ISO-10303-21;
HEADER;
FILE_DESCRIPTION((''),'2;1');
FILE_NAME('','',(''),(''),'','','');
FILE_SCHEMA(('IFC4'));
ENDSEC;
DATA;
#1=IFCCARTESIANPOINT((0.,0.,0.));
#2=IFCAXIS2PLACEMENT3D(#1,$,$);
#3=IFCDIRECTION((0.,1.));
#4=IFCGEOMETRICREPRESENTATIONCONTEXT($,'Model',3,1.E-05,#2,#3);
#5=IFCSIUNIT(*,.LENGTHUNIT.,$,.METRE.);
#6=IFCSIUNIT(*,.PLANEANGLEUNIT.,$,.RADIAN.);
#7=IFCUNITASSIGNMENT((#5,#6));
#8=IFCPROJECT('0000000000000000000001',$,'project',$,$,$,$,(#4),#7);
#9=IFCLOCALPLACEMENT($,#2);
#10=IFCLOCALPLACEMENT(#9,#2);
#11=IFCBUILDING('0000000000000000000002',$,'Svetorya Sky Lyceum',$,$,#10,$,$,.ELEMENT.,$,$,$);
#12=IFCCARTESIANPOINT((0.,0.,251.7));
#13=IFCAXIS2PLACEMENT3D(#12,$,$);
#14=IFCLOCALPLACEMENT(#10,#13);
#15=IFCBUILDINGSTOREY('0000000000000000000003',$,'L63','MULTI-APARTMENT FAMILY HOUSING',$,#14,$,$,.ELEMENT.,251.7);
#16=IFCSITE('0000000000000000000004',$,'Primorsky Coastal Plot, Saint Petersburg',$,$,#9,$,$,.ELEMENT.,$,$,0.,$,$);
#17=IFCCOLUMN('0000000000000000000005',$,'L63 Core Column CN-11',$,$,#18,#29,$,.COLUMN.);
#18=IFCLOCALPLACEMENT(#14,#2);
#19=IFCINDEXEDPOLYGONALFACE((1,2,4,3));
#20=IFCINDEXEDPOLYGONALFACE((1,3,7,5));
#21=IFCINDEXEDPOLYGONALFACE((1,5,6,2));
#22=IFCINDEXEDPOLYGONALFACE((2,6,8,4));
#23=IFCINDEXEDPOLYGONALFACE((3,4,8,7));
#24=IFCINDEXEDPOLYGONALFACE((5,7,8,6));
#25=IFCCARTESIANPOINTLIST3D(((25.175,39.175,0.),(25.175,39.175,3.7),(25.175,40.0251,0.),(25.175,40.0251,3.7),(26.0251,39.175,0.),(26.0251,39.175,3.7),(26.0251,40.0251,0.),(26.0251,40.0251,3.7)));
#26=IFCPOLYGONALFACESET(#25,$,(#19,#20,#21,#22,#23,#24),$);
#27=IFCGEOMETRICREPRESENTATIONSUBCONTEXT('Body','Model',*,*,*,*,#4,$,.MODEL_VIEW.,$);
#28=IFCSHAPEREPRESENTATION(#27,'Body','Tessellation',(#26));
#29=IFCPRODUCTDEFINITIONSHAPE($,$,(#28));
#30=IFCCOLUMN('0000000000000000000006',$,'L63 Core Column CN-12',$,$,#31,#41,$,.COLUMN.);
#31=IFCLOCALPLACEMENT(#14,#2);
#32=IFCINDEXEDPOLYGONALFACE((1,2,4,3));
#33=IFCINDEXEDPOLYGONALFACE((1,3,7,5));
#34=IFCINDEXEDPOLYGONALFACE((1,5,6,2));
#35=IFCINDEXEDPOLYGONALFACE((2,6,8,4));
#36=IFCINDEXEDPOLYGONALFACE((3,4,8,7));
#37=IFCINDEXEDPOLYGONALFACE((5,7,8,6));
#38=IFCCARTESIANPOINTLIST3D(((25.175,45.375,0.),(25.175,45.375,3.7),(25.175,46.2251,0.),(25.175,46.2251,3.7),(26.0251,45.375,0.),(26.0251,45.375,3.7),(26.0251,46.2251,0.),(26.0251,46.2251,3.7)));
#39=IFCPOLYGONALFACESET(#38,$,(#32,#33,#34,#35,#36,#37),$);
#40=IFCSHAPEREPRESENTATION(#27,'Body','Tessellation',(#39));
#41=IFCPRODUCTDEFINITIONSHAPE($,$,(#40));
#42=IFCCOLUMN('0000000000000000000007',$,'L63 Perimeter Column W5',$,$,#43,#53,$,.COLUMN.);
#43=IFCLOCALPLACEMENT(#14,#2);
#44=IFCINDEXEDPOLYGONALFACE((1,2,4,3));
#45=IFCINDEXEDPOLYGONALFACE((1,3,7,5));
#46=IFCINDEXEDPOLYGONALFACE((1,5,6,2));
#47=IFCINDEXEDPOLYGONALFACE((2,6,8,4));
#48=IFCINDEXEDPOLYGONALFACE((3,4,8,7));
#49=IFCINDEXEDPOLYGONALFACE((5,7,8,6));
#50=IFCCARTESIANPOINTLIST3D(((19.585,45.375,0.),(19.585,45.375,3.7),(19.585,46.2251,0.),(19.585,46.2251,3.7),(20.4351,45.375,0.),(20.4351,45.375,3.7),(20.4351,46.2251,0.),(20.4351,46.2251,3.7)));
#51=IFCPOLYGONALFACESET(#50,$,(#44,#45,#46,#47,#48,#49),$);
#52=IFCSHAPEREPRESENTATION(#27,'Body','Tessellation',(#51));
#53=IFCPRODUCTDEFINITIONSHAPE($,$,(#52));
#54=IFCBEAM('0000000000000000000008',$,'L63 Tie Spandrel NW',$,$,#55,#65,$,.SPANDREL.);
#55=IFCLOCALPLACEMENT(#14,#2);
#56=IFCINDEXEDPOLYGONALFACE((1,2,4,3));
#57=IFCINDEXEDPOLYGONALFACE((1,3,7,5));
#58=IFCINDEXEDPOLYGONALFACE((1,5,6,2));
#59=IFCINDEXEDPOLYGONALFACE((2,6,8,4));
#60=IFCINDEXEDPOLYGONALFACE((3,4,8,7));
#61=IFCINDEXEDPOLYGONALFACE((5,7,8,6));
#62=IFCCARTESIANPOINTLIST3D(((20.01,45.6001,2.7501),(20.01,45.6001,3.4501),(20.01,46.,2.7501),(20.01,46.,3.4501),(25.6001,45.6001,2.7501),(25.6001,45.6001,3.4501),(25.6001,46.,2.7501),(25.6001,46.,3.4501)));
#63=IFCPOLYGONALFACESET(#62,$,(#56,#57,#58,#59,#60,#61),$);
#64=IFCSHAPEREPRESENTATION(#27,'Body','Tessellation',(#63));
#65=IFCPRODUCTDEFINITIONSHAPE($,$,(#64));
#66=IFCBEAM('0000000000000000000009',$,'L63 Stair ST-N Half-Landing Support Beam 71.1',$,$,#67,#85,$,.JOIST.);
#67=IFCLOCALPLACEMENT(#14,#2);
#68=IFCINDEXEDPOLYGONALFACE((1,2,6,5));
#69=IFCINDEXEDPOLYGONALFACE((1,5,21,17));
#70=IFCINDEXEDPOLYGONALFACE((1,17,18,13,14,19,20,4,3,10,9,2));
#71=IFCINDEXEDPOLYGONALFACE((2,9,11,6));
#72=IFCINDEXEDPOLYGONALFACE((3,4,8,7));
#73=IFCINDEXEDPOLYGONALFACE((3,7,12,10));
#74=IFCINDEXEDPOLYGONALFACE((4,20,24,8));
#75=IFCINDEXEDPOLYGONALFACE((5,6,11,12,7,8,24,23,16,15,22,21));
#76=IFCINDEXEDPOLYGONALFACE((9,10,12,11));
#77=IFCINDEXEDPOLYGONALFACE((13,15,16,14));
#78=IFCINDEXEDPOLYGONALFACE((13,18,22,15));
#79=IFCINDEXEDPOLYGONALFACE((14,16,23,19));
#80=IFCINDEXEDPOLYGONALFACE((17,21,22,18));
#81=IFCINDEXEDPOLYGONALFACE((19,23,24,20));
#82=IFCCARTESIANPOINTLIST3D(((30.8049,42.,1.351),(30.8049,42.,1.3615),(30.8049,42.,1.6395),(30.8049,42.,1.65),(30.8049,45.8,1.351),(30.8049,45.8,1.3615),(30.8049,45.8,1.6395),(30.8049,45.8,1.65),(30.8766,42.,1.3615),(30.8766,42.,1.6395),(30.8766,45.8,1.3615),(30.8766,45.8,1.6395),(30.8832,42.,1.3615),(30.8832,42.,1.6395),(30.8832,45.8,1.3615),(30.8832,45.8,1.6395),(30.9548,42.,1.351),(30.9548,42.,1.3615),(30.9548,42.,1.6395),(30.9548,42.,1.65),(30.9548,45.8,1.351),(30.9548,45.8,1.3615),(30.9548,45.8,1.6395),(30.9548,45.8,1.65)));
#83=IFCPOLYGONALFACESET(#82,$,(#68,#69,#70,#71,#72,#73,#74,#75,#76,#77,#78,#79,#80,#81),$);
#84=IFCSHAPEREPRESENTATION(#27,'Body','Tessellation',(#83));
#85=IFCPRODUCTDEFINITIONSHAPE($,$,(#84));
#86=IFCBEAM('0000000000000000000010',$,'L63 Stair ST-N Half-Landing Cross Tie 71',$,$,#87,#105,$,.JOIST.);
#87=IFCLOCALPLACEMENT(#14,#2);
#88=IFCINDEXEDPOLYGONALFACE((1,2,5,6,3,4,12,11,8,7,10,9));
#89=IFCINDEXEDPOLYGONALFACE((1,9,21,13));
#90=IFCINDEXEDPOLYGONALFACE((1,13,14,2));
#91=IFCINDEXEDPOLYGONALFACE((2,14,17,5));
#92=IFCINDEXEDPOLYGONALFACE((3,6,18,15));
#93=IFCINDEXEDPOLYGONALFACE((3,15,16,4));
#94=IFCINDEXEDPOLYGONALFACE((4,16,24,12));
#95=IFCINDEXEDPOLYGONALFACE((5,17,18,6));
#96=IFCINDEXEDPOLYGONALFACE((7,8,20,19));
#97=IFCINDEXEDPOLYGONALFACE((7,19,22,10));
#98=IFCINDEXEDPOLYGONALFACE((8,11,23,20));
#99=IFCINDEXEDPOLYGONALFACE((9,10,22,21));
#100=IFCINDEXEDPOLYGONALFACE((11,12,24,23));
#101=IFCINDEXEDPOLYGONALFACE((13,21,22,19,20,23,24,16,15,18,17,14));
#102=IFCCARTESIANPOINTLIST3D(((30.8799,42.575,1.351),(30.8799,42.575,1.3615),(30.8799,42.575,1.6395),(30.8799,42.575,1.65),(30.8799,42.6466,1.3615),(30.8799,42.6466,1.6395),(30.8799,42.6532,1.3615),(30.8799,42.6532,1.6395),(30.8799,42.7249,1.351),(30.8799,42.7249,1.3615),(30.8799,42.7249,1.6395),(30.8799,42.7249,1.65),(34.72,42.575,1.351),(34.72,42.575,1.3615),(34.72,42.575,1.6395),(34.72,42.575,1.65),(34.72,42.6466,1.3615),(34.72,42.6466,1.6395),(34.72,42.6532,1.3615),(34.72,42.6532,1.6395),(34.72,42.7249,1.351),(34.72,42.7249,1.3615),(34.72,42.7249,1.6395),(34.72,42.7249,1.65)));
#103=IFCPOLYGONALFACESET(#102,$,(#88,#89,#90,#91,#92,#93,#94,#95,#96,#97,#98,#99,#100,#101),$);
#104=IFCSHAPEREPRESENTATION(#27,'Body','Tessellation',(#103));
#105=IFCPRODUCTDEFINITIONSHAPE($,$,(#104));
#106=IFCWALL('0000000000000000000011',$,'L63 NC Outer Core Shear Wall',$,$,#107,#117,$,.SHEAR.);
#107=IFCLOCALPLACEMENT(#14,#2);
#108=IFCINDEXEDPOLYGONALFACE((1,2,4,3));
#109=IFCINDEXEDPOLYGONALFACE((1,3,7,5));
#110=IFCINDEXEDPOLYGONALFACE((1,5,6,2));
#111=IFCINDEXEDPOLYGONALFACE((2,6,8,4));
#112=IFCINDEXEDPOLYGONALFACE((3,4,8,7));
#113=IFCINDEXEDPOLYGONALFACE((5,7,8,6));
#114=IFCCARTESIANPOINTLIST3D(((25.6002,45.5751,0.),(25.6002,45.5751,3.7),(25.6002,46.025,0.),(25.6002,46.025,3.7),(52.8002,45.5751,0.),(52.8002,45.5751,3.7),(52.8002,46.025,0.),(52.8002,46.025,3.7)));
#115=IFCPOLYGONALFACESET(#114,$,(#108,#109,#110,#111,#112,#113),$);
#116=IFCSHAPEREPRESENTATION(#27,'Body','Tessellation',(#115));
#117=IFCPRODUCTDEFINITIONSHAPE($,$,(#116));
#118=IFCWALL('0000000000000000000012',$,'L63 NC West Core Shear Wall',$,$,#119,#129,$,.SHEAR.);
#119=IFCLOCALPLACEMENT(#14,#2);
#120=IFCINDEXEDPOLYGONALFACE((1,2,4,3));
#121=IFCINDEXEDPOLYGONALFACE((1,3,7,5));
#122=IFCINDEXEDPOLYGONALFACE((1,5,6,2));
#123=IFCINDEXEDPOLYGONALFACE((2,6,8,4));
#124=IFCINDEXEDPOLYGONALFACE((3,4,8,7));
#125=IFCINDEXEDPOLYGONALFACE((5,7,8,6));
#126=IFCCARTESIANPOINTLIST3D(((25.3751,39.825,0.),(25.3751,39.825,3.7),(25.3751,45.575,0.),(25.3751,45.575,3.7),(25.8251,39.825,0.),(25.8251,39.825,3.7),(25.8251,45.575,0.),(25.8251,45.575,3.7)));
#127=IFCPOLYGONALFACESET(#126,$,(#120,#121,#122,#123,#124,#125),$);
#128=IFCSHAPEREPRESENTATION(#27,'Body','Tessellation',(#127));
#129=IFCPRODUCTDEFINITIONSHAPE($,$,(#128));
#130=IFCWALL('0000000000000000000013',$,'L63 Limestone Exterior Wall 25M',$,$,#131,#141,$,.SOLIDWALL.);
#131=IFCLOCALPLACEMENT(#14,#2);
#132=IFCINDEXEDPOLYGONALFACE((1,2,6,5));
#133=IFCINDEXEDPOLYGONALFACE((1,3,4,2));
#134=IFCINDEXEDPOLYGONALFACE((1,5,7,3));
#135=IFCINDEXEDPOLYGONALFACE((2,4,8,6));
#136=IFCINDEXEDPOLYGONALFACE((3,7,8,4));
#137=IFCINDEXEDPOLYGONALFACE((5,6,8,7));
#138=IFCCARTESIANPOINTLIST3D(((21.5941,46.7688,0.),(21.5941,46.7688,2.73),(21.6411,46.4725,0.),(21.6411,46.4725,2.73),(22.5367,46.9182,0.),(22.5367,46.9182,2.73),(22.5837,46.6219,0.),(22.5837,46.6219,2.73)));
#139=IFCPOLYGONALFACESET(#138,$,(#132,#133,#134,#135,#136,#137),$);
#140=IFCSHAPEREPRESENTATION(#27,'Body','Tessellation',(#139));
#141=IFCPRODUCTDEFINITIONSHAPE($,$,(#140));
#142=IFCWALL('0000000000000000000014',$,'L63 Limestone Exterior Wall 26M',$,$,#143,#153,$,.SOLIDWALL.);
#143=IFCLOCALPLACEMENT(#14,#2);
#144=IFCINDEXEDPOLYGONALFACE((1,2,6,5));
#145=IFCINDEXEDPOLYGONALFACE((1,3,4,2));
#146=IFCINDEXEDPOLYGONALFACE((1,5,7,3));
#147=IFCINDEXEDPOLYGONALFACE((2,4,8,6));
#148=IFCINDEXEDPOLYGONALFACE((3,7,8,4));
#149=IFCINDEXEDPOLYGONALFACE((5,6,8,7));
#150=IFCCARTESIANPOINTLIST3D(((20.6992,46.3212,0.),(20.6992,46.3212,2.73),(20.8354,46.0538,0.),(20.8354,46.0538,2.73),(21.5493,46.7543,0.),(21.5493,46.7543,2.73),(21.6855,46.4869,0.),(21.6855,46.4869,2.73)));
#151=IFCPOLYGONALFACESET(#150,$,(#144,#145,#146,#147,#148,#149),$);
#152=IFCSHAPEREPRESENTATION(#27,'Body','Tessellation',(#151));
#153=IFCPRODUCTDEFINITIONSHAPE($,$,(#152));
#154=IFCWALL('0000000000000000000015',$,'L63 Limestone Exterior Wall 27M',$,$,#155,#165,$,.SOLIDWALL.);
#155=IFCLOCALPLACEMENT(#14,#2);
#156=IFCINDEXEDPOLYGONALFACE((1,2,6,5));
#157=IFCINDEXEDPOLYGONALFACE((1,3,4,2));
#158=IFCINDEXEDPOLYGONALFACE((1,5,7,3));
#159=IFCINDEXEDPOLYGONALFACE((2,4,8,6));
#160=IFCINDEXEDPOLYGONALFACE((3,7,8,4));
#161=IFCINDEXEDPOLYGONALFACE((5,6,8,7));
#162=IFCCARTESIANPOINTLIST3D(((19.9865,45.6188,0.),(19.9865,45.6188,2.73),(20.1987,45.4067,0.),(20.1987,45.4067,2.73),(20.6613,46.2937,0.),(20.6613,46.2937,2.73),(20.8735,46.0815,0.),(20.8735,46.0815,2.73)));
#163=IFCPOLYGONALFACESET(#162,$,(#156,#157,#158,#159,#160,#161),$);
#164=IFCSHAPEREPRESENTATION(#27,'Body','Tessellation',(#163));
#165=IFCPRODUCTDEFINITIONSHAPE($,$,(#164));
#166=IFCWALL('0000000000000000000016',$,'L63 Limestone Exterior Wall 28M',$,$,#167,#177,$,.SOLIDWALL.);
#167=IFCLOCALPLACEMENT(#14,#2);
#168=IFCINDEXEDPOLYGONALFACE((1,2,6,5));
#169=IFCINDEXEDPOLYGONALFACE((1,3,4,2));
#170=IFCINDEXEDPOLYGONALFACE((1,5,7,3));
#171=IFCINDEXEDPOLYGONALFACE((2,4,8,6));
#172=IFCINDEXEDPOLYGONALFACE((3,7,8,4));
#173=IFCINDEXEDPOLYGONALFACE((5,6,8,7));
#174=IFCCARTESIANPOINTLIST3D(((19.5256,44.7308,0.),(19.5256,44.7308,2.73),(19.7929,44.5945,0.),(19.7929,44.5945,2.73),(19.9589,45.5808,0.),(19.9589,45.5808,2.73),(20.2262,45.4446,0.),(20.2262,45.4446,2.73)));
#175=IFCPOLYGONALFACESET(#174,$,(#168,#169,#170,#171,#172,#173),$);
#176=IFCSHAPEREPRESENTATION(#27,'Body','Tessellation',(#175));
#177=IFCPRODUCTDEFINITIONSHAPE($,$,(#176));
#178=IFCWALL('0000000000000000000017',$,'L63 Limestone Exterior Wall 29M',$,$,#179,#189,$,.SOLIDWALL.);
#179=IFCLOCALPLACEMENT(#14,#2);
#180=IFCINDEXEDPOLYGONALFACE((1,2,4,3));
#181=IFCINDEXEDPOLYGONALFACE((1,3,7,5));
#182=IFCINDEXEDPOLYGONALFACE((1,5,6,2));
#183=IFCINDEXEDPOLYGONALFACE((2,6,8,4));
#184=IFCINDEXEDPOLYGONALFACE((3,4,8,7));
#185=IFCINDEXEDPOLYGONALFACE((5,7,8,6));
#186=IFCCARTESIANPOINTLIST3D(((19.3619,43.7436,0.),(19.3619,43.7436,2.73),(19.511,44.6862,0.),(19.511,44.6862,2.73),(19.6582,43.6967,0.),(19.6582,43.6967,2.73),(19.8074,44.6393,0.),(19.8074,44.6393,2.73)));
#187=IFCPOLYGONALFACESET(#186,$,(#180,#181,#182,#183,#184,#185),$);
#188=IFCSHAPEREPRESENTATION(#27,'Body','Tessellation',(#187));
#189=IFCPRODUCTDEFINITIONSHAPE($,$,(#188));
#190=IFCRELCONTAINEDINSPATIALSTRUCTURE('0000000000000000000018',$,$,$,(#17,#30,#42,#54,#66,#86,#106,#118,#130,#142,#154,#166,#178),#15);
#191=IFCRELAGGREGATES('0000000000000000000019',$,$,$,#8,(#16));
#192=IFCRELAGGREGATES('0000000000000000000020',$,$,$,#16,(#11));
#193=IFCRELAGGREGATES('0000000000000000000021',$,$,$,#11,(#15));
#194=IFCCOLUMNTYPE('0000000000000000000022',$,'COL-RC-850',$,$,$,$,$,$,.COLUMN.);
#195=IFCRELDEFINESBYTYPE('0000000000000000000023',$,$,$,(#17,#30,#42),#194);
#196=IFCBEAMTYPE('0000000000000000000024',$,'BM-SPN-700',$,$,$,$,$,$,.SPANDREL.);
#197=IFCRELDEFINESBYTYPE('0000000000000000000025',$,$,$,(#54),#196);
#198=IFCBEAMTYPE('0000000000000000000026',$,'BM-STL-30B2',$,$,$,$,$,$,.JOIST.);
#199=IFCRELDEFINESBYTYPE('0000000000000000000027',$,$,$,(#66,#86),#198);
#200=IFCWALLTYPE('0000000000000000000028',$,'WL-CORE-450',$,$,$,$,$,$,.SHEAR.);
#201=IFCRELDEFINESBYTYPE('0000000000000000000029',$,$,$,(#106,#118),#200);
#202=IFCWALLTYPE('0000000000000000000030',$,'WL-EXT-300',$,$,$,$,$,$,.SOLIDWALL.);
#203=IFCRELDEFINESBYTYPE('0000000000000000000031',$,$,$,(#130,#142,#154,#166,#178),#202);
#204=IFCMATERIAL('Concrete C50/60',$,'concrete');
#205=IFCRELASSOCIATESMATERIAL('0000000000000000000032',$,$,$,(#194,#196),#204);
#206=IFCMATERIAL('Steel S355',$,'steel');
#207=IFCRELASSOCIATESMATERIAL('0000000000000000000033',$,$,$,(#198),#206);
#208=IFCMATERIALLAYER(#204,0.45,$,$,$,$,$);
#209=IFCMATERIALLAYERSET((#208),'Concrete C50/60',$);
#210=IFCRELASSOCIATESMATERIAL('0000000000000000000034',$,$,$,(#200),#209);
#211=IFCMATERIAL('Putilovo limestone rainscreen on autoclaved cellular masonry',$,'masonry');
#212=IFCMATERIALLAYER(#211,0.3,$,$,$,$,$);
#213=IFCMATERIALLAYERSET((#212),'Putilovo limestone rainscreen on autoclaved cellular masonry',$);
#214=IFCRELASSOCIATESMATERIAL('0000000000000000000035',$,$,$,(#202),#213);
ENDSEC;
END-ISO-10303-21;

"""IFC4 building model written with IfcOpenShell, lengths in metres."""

from ifc_helpers import new_model, si_unit, direction, frame, frame_2d, origin, origin_2d, place, context, subcontext, project, spatial, rectangle, i_section, extrude, material, layer, layer_set, material_profile, profile_set, type_object, element, save


model = new_model("IFC4")

# Units and contexts
model_context = context("Model", 3, precision=1e-05, world=origin(), true_north=direction((0.0, 1.0)))
body_context = subcontext(model_context, "Body", "Model", "MODEL_VIEW")
ifc_project = project(units=[si_unit("LENGTHUNIT", "METRE"), si_unit("PLANEANGLEUNIT", "RADIAN")], contexts=[model_context])

# Site, building, storey
site_placement = place(None, origin())
site = spatial("IfcSite", under=ifc_project, at=site_placement, Name="Primorsky Coastal Plot, Saint Petersburg", CompositionType="ELEMENT", RefElevation=0.0)
building_placement = place(site_placement, origin())
building = spatial("IfcBuilding", under=site, at=building_placement, Name="Svetorya Sky Lyceum", CompositionType="ELEMENT")
storey_placement = place(building_placement, frame((0.0, 0.0, 251.7)))
storey = spatial("IfcBuildingStorey", under=building, at=storey_placement, Name="L63", Description="MULTI-APARTMENT FAMILY HOUSING", CompositionType="ELEMENT", Elevation=251.7)

# Columns
ifc_material_1 = material(Name="Concrete C50/60", Category="concrete")
ifc_material_profile_1 = material_profile(ifc_material_1, rectangle(XDim=0.8501, YDim=0.8501, at=origin_2d()), Name="RC COL 850x850")
ifc_profile_set_1 = profile_set([ifc_material_profile_1], Name="Concrete C50/60")
column_type = type_object("IfcColumnType", Name="COL-RC-850", PredefinedType="COLUMN", material=ifc_profile_set_1)
for number, where, z_axis, x_axis, name in (
    (1, (25.6001, 39.6001, 0.0), (0.0, 0.0, 1.0), (1.0, 0.0, 0.0), "L63 Core Column CN-11"),
    (2, (25.6001, 45.8, 0.0), (0.0, 0.0, 1.0), (1.0, 0.0, 0.0), "L63 Core Column CN-12"),
    (3, (20.01, 45.8, 0.0), (0.0, 0.0, 1.0), (1.0, 0.0, 0.0), "L63 Perimeter Column W5"),
):
    element("IfcColumn", number, at=place(storey_placement, frame(where, z_axis=z_axis, x_axis=x_axis)), inside=storey, type_object=column_type, Name=name, PredefinedType="COLUMN", context=body_context, shape_type="SweptSolid", body=[
        extrude(rectangle(XDim=0.8501, YDim=0.8501, at=origin_2d()), origin(), (0.0, 0.0, 1.0), 3.7),
    ])

# Beams
ifc_material_profile_2 = material_profile(ifc_material_1, rectangle(XDim=0.3999, YDim=0.7, at=origin_2d()), Name="RC SPANDREL 400x700")
ifc_profile_set_2 = profile_set([ifc_material_profile_2], Name="Concrete C50/60")
beam_type_1 = type_object("IfcBeamType", Name="BM-SPN-700", PredefinedType="SPANDREL", material=ifc_profile_set_2)
beam_1_placement = place(storey_placement, frame((20.01, 45.8, 3.1001), z_axis=(1.0, 0.0, 0.0), x_axis=(0.0, 1.0, 0.0)))
element("IfcBeam", 4, at=beam_1_placement, inside=storey, type_object=beam_type_1, Name="L63 Tie Spandrel NW", PredefinedType="SPANDREL", context=body_context, shape_type="SweptSolid", body=[
    extrude(rectangle(XDim=0.3999, YDim=0.7, at=origin_2d()), origin(), (0.0, 0.0, 1.0), 5.5901),
])
ifc_material_2 = material(Name="Steel S355", Category="steel")
ifc_material_profile_3 = material_profile(ifc_material_2, i_section(OverallWidth=0.1499, OverallDepth=0.2991, WebThickness=0.0066, FlangeThickness=0.0105, at=origin_2d()), Name="GOST 30B2")
ifc_profile_set_3 = profile_set([ifc_material_profile_3], Name="Steel S355")
beam_type_2 = type_object("IfcBeamType", Name="BM-STL-30B2", PredefinedType="JOIST", material=ifc_profile_set_3)
beam_2_placement = place(storey_placement, frame((30.8799, 42.0, 1.5005), z_axis=(0.0, 1.0, 0.0), x_axis=(-1.0, 0.0, 0.0)))
element("IfcBeam", 5, at=beam_2_placement, inside=storey, type_object=beam_type_2, Name="L63 Stair ST-N Half-Landing Support Beam 71.1", PredefinedType="JOIST", context=body_context, shape_type="SweptSolid", body=[
    extrude(i_section(OverallWidth=0.1499, OverallDepth=0.2991, WebThickness=0.0066, FlangeThickness=0.0105, at=origin_2d()), origin(), (0.0, 0.0, 1.0), 3.8),
])
beam_3_placement = place(storey_placement, frame((30.8799, 42.6499, 1.5005), z_axis=(1.0, 0.0, 0.0), x_axis=(0.0, 1.0, 0.0)))
element("IfcBeam", 6, at=beam_3_placement, inside=storey, type_object=beam_type_2, Name="L63 Stair ST-N Half-Landing Cross Tie 71", PredefinedType="JOIST", context=body_context, shape_type="SweptSolid", body=[
    extrude(i_section(OverallWidth=0.1499, OverallDepth=0.2991, WebThickness=0.0066, FlangeThickness=0.0105, at=origin_2d()), origin(), (0.0, 0.0, 1.0), 3.8401),
])

# Walls
ifc_layer_1 = layer(ifc_material_1, 0.45)
ifc_layer_set_1 = layer_set([ifc_layer_1], Name="Concrete C50/60")
wall_type_1 = type_object("IfcWallType", Name="WL-CORE-450", PredefinedType="SHEAR", material=ifc_layer_set_1)
wall_1_placement = place(storey_placement, frame((25.6001, 45.8, 0.0), z_axis=(0.0, 0.0, 1.0), x_axis=(1.0, 0.0, 0.0)))
element("IfcWall", 7, at=wall_1_placement, inside=storey, type_object=wall_type_1, Name="L63 NC Outer Core Shear Wall", PredefinedType="SHEAR", context=body_context, shape_type="SweptSolid", body=[
    extrude(rectangle(XDim=27.2, YDim=0.45, at=frame_2d((13.6001, 0.0))), origin(), (0.0, 0.0, 1.0), 3.7),
])
wall_2_placement = place(storey_placement, frame((25.6001, 39.825, 0.0), z_axis=(0.0, 0.0, 1.0), x_axis=(0.0, 1.0, 0.0)))
element("IfcWall", 8, at=wall_2_placement, inside=storey, type_object=wall_type_1, Name="L63 NC West Core Shear Wall", PredefinedType="SHEAR", context=body_context, shape_type="SweptSolid", body=[
    extrude(rectangle(XDim=5.75, YDim=0.45, at=frame_2d((2.875, 0.0))), origin(), (0.0, 0.0, 1.0), 3.7),
])
ifc_material_3 = material(Name="Putilovo limestone rainscreen on autoclaved cellular masonry", Category="masonry")
ifc_layer_2 = layer(ifc_material_3, 0.3)
ifc_layer_set_2 = layer_set([ifc_layer_2], Name="Putilovo limestone rainscreen on autoclaved cellular masonry")
wall_type_2 = type_object("IfcWallType", Name="WL-EXT-300", PredefinedType="SOLIDWALL", material=ifc_layer_set_2)
wall_3_placement = place(storey_placement, frame((22.5601, 46.77, 0.0), z_axis=(0.0, 0.0, 1.0), x_axis=(-0.987669, -0.156554, 0.0)))
element("IfcWall", 9, at=wall_3_placement, inside=storey, type_object=wall_type_2, Name="L63 Limestone Exterior Wall 25M", PredefinedType="SOLIDWALL", context=body_context, shape_type="SweptSolid", body=[
    extrude(rectangle(XDim=0.9543, YDim=0.3, at=frame_2d((0.4771, 0.0))), origin(), (0.0, 0.0, 1.0), 2.73),
])
wall_4_placement = place(storey_placement, frame((21.6174, 46.6206, 0.0), z_axis=(0.0, 0.0, 1.0), x_axis=(-0.891024, -0.453956, 0.0)))
element("IfcWall", 10, at=wall_4_placement, inside=storey, type_object=wall_type_2, Name="L63 Limestone Exterior Wall 26M", PredefinedType="SOLIDWALL", context=body_context, shape_type="SweptSolid", body=[
    extrude(rectangle(XDim=0.9541, YDim=0.3, at=frame_2d((0.4771, 0.0))), origin(), (0.0, 0.0, 1.0), 2.73),
])
wall_5_placement = place(storey_placement, frame((20.7673, 46.1875, 0.0), z_axis=(0.0, 0.0, 1.0), x_axis=(-0.707107, -0.707107, 0.0)))
element("IfcWall", 11, at=wall_5_placement, inside=storey, type_object=wall_type_2, Name="L63 Limestone Exterior Wall 27M", PredefinedType="SOLIDWALL", context=body_context, shape_type="SweptSolid", body=[
    extrude(rectangle(XDim=0.9543, YDim=0.3, at=frame_2d((0.4771, 0.0))), origin(), (0.0, 0.0, 1.0), 2.73),
])
wall_6_placement = place(storey_placement, frame((20.0925, 45.5127, 0.0), z_axis=(0.0, 0.0, 1.0), x_axis=(-0.45416, -0.89092, 0.0)))
element("IfcWall", 12, at=wall_6_placement, inside=storey, type_object=wall_type_2, Name="L63 Limestone Exterior Wall 28M", PredefinedType="SOLIDWALL", context=body_context, shape_type="SweptSolid", body=[
    extrude(rectangle(XDim=0.9541, YDim=0.3, at=frame_2d((0.4771, 0.0))), origin(), (0.0, 0.0, 1.0), 2.73),
])
wall_7_placement = place(storey_placement, frame((19.6592, 44.6626, 0.0), z_axis=(0.0, 0.0, 1.0), x_axis=(-0.156304, -0.987709, 0.0)))
element("IfcWall", 13, at=wall_7_placement, inside=storey, type_object=wall_type_2, Name="L63 Limestone Exterior Wall 29M", PredefinedType="SOLIDWALL", context=body_context, shape_type="SweptSolid", body=[
    extrude(rectangle(XDim=0.9543, YDim=0.3, at=frame_2d((0.4771, 0.0))), origin(), (0.0, 0.0, 1.0), 2.73),
])

save(model, "model.ifc")
